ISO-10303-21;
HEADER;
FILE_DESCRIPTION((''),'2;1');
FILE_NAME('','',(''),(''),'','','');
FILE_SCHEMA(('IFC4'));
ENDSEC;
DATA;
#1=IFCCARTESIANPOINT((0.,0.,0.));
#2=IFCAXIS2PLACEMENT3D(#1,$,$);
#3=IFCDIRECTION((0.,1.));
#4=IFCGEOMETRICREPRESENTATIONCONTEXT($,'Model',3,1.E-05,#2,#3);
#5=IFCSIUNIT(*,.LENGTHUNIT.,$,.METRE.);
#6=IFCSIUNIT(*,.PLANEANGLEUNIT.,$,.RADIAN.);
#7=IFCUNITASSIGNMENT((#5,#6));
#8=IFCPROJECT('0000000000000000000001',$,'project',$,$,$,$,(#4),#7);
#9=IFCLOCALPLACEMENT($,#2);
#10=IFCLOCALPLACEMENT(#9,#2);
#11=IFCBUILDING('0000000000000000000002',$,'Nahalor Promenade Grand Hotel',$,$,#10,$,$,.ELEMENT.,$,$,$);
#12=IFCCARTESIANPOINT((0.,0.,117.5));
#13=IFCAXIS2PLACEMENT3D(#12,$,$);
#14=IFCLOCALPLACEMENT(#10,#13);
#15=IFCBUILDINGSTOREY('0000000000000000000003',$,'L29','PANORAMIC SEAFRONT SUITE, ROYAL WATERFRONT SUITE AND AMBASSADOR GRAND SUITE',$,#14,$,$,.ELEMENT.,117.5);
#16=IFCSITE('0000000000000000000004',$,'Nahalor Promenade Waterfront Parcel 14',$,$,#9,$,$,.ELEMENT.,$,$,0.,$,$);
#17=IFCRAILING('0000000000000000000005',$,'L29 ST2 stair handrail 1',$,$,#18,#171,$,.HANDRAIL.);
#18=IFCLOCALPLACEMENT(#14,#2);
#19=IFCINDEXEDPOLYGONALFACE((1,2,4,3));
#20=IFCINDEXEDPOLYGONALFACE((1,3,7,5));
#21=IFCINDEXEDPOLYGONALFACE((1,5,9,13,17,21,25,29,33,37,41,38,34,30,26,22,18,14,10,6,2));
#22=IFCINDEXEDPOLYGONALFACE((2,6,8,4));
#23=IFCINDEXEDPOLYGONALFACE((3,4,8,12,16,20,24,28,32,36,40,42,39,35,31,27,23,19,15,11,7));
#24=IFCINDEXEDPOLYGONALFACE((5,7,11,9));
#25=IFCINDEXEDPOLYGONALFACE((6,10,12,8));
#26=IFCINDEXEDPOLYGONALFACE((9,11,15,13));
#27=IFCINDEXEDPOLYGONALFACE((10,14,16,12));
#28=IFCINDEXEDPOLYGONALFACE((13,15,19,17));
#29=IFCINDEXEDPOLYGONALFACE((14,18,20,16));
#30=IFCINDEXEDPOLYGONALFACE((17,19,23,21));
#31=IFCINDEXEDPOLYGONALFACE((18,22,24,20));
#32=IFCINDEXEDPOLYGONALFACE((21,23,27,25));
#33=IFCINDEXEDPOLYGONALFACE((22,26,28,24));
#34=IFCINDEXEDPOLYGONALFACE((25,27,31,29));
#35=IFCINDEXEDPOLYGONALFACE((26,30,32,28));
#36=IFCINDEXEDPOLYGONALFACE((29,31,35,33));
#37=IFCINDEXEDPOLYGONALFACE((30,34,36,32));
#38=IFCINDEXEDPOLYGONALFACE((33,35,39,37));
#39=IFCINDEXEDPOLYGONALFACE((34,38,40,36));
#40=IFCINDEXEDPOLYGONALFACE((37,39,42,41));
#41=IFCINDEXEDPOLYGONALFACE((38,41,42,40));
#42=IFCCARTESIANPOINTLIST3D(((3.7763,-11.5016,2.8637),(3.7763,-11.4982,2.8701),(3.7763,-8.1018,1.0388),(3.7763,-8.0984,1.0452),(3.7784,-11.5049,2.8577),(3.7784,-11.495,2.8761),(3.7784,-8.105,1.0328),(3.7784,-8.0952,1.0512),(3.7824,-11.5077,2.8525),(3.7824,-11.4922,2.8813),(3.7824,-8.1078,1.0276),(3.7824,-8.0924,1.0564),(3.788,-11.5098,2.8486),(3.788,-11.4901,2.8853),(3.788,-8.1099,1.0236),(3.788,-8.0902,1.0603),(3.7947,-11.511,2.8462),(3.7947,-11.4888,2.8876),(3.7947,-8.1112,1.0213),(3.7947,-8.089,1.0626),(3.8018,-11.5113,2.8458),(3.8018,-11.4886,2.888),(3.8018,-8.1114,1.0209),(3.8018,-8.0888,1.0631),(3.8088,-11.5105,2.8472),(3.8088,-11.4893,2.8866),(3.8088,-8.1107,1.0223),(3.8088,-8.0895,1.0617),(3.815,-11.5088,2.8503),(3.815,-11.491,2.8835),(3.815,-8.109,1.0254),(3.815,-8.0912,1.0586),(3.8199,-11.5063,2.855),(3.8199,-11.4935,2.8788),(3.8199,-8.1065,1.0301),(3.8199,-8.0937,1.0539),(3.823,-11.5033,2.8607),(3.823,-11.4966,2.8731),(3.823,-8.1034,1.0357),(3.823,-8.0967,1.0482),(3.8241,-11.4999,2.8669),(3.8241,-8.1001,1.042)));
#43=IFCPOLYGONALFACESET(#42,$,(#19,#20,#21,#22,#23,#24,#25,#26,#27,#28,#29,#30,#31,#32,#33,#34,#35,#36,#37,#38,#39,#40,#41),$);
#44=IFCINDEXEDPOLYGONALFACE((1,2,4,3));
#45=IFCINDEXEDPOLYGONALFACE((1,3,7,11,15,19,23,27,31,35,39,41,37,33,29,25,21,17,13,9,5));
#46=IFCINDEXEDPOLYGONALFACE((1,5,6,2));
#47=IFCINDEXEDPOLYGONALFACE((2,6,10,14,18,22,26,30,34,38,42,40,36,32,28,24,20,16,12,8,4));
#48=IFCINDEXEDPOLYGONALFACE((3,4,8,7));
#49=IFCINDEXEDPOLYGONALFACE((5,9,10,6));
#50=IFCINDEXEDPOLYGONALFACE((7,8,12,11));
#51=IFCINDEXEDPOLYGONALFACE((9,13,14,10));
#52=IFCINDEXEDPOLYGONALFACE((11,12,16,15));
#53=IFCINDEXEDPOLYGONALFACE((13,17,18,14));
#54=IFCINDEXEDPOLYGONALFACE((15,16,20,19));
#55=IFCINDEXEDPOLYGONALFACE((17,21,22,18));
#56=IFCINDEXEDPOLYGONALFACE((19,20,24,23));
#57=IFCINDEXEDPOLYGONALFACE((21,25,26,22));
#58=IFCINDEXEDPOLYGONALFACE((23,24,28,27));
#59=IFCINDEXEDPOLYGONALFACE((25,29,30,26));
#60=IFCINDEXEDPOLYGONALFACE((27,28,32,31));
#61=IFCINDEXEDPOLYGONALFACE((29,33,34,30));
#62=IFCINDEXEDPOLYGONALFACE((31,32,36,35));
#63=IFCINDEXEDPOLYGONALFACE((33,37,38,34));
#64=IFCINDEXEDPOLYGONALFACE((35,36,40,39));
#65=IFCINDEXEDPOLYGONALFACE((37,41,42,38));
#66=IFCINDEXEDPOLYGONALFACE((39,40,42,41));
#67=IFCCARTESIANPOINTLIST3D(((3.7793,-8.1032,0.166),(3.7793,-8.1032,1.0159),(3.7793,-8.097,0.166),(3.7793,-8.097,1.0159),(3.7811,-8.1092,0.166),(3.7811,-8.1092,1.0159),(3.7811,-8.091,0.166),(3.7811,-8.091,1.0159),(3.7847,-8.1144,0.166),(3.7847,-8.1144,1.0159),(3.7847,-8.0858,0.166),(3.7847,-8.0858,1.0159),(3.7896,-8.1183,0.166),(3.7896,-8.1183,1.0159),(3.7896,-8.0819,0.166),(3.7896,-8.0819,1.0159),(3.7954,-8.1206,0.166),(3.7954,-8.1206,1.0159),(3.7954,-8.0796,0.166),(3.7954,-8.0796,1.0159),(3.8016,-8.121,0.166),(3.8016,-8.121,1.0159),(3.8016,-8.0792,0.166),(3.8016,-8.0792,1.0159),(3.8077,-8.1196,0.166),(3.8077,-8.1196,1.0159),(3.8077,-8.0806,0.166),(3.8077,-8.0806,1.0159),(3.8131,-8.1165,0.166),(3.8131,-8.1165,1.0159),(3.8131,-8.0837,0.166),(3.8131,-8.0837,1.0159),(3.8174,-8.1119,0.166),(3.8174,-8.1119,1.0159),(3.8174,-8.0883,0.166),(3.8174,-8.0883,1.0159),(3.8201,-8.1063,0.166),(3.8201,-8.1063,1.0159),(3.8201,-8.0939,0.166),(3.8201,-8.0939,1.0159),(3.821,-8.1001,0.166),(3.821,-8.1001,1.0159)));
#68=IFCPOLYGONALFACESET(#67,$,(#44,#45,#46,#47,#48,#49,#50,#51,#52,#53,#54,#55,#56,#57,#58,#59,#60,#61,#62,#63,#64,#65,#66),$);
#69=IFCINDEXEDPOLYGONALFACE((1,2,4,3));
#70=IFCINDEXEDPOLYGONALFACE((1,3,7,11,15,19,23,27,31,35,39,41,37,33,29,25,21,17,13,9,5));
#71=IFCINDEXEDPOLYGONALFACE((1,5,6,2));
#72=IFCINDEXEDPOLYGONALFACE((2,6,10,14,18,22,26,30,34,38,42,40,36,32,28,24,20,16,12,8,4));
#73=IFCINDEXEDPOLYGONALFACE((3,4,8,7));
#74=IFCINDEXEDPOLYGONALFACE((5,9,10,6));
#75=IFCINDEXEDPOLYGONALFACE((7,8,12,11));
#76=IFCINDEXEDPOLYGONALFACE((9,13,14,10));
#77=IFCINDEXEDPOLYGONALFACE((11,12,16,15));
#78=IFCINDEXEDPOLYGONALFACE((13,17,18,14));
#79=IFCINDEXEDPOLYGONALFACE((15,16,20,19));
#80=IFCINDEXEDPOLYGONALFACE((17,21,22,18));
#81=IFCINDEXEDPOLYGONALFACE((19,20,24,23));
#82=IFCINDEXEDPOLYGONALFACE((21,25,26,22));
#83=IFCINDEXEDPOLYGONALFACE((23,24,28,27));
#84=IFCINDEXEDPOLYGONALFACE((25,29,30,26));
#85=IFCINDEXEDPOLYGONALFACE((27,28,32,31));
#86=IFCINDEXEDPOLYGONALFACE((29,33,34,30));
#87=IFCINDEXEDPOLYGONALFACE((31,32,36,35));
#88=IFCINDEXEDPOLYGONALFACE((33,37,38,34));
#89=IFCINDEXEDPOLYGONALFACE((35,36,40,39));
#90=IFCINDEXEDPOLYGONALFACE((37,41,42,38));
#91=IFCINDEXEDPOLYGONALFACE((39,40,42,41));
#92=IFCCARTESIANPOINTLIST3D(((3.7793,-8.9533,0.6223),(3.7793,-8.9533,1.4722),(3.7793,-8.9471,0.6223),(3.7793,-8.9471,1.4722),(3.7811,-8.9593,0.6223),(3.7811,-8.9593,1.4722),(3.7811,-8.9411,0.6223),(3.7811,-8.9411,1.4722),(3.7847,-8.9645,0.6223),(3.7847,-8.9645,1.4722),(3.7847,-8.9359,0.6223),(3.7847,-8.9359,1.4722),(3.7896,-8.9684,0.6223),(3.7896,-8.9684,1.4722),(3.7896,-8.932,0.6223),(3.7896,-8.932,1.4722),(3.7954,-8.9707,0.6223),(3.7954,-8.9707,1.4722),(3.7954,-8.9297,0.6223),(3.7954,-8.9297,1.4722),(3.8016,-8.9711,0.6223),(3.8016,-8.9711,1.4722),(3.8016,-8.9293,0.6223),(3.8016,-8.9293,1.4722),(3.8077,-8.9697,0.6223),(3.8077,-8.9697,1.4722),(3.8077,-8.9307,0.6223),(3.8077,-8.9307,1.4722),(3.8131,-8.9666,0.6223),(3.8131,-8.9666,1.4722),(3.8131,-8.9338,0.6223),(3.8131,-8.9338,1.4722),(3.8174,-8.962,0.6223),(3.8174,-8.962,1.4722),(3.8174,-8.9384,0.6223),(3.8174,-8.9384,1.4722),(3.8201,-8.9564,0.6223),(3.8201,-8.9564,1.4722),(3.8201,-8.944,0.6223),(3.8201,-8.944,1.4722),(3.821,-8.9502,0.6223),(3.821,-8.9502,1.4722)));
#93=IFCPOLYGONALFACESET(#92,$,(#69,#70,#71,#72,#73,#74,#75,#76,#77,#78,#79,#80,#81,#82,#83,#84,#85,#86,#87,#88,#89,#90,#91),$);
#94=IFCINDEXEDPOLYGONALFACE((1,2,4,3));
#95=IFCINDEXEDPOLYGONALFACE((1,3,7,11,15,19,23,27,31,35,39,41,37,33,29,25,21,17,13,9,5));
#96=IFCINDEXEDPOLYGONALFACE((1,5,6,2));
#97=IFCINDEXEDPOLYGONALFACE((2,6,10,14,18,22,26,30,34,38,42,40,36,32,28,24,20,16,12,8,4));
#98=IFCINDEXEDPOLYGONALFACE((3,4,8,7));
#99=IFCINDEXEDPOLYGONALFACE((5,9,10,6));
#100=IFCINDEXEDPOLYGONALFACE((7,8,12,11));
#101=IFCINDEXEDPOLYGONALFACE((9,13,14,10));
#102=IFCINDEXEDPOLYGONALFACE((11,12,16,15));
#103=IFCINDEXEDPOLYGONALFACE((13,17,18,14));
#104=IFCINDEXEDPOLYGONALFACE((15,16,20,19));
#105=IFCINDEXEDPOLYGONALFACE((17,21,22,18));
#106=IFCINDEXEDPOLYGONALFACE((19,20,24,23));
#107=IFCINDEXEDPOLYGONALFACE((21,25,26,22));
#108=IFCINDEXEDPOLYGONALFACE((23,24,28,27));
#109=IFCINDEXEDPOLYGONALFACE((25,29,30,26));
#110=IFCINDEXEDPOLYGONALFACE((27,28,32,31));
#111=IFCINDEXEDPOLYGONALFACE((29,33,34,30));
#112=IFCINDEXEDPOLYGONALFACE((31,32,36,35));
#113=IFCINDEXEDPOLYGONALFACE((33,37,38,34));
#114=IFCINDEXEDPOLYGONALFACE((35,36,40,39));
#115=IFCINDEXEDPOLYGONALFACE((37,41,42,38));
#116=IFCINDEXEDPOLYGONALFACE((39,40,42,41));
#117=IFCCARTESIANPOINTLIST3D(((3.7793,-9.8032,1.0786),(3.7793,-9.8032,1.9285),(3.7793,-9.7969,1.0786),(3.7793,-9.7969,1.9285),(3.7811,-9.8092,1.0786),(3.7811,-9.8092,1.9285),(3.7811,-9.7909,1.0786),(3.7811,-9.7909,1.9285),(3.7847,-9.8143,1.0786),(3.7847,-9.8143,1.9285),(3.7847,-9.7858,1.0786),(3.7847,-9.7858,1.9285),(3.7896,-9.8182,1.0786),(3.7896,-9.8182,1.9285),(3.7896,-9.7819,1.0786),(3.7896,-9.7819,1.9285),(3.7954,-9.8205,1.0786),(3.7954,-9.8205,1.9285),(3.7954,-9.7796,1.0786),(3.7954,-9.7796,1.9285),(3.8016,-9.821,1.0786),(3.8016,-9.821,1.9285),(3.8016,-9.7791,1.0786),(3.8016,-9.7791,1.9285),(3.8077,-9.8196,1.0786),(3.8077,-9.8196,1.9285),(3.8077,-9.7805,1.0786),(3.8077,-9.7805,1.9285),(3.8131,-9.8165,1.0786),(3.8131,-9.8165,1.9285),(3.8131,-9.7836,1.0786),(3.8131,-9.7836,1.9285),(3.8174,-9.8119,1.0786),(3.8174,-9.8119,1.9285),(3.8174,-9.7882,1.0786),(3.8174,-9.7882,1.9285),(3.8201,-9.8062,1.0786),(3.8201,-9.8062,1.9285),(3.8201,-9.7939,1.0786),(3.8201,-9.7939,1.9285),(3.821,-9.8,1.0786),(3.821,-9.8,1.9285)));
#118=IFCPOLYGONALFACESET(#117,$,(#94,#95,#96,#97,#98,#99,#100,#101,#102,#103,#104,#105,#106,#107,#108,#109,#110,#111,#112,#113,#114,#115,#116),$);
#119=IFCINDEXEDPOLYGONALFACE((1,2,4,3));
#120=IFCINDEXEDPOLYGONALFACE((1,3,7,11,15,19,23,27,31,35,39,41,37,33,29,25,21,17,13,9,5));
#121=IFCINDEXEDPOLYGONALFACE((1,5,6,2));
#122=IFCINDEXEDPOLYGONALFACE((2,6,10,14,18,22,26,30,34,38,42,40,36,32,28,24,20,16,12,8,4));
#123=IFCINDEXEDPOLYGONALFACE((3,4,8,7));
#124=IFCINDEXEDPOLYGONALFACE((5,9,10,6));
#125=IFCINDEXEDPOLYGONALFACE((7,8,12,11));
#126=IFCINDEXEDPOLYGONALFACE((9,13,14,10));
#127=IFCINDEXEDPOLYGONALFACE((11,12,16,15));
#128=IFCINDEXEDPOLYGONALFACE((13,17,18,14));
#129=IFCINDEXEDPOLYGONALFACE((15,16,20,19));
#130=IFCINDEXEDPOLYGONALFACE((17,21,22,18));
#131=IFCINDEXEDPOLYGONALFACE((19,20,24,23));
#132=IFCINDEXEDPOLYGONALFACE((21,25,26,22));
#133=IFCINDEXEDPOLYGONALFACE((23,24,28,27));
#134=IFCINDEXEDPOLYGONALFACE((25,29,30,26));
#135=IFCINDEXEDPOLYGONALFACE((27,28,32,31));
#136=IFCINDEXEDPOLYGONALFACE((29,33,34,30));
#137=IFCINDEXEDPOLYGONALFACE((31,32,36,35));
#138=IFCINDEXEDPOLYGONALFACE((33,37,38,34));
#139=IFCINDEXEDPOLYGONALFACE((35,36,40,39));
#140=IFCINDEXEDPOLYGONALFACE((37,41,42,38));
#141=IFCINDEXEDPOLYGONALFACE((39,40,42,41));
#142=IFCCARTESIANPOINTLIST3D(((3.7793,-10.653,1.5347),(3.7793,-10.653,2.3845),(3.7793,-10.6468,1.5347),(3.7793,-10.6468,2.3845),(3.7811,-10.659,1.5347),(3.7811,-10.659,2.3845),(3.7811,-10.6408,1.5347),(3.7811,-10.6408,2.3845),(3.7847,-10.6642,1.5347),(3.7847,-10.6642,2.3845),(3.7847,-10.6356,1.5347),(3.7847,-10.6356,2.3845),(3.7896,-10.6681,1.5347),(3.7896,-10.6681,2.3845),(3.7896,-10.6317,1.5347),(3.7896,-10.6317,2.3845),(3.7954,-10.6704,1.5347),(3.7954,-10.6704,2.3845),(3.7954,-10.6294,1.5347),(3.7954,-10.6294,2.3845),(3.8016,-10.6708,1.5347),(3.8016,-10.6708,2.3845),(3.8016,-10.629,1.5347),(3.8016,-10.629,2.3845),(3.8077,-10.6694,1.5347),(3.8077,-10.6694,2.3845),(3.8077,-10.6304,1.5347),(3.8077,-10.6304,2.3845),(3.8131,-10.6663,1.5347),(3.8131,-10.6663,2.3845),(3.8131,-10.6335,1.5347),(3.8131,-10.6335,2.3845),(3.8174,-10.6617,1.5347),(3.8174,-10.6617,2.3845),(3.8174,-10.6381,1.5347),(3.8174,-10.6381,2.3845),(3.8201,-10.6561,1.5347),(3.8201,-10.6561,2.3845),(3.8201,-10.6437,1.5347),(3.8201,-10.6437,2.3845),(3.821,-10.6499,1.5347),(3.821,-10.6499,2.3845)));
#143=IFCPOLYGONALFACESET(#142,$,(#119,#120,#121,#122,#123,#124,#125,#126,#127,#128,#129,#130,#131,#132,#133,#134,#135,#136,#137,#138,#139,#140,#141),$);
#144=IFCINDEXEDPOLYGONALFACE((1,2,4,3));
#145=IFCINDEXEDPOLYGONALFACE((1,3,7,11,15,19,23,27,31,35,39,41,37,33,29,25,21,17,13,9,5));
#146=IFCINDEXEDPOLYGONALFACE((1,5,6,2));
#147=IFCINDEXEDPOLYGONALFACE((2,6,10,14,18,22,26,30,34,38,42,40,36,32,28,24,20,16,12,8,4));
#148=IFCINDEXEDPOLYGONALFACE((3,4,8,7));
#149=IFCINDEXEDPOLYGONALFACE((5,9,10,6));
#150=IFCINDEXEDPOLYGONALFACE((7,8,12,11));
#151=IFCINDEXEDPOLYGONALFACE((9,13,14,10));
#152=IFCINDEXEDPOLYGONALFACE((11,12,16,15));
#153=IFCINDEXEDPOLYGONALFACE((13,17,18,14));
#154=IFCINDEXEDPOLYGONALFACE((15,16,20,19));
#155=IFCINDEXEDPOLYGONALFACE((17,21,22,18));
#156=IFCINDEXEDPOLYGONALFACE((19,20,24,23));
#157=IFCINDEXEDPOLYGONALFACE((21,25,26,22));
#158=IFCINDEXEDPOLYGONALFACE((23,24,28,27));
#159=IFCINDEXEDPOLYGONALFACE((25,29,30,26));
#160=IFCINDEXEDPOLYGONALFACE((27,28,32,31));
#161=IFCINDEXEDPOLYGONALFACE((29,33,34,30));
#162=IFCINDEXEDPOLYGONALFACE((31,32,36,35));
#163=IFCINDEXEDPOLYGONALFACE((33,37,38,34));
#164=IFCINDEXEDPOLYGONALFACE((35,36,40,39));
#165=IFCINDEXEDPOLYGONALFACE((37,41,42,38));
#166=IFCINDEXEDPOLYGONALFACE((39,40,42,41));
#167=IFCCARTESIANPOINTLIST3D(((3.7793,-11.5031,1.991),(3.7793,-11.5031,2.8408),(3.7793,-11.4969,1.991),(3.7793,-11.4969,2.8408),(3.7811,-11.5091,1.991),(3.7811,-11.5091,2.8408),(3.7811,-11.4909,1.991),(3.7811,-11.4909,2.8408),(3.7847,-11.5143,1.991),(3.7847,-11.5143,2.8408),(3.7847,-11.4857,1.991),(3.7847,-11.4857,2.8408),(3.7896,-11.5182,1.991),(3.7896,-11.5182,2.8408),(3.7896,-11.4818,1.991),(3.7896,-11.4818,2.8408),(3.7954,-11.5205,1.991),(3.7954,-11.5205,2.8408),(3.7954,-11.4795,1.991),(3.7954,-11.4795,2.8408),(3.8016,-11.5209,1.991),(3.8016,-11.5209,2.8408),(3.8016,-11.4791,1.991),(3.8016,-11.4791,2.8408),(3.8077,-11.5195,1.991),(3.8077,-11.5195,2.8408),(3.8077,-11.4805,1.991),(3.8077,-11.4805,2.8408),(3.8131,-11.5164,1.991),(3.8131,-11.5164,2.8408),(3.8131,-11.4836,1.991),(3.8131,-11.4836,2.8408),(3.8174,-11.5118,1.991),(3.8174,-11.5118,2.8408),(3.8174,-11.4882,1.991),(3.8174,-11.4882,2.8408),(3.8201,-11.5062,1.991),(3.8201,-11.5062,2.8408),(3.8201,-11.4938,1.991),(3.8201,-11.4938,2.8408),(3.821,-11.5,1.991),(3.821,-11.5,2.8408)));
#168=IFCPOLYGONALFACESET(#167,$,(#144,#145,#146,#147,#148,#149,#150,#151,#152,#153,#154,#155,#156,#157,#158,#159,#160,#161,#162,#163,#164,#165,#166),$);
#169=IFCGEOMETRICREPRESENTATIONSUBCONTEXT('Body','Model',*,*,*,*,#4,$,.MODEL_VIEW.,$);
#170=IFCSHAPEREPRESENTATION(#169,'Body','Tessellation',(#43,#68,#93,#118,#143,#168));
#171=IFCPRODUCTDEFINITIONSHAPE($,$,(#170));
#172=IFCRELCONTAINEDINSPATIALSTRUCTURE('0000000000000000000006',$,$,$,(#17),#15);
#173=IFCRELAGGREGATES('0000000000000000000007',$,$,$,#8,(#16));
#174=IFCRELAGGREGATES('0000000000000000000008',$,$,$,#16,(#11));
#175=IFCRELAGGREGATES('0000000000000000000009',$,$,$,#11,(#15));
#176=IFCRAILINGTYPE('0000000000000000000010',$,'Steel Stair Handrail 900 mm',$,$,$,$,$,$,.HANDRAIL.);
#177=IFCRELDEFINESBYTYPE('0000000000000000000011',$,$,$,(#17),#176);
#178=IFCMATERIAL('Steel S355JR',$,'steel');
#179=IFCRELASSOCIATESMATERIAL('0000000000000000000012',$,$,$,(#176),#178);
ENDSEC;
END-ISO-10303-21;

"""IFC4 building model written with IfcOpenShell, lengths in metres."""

from ifc_helpers import new_model, si_unit, direction, frame, origin, origin_2d, place, context, subcontext, project, spatial, circle, extrude, material, type_object, element, save


model = new_model("IFC4")

# Units and contexts
model_context = context("Model", 3, precision=1e-05, world=origin(), true_north=direction((0.0, 1.0)))
body_context = subcontext(model_context, "Body", "Model", "MODEL_VIEW")
ifc_project = project(units=[si_unit("LENGTHUNIT", "METRE"), si_unit("PLANEANGLEUNIT", "RADIAN")], contexts=[model_context])

# Site, building, storey
site_placement = place(None, origin())
site = spatial("IfcSite", under=ifc_project, at=site_placement, Name="Nahalor Promenade Waterfront Parcel 14", CompositionType="ELEMENT", RefElevation=0.0)
building_placement = place(site_placement, origin())
building = spatial("IfcBuilding", under=site, at=building_placement, Name="Nahalor Promenade Grand Hotel", CompositionType="ELEMENT")
storey_placement = place(building_placement, frame((0.0, 0.0, 117.5)))
storey = spatial("IfcBuildingStorey", under=building, at=storey_placement, Name="L29", Description="PANORAMIC SEAFRONT SUITE, ROYAL WATERFRONT SUITE AND AMBASSADOR GRAND SUITE", CompositionType="ELEMENT", Elevation=117.5)

# Shared definitions
ifc_material_1 = material(Name="Steel S355JR", Category="steel")

# Railing
railing_type_1 = type_object("IfcRailingType", Name="Steel Stair Handrail 900 mm", PredefinedType="HANDRAIL", material=ifc_material_1)
railing_1_placement = place(storey_placement, frame((3.8, -8.1001, 0.166)))
element("IfcRailing", 1, at=railing_1_placement, inside=storey, type_object=railing_type_1, Name="L29 ST2 stair handrail 1", PredefinedType="HANDRAIL", context=body_context, shape_type="SweptSolid", body=[
    extrude(circle(Radius=0.024, at=origin_2d()), frame((0.0, 0.0, 0.876), z_axis=(0.0, -0.881094, 0.472941), x_axis=(1.0, 0.0, 0.0)), (0.0, 0.0, 1.0), 3.8586),
    extrude(circle(Radius=0.021, at=origin_2d()), origin(), (0.0, 0.0, 1.0), 0.8499),
    extrude(circle(Radius=0.021, at=origin_2d()), frame((0.0, -0.8501, 0.4563)), (0.0, 0.0, 1.0), 0.8499),
    extrude(circle(Radius=0.021, at=origin_2d()), frame((0.0, -1.7, 0.9126)), (0.0, 0.0, 1.0), 0.8499),
    extrude(circle(Radius=0.021, at=origin_2d()), frame((0.0, -2.5498, 1.3687)), (0.0, 0.0, 1.0), 0.8499),
    extrude(circle(Radius=0.021, at=origin_2d()), frame((0.0, -3.3999, 1.825)), (0.0, 0.0, 1.0), 0.8499),
])

save(model, "model.ifc")
